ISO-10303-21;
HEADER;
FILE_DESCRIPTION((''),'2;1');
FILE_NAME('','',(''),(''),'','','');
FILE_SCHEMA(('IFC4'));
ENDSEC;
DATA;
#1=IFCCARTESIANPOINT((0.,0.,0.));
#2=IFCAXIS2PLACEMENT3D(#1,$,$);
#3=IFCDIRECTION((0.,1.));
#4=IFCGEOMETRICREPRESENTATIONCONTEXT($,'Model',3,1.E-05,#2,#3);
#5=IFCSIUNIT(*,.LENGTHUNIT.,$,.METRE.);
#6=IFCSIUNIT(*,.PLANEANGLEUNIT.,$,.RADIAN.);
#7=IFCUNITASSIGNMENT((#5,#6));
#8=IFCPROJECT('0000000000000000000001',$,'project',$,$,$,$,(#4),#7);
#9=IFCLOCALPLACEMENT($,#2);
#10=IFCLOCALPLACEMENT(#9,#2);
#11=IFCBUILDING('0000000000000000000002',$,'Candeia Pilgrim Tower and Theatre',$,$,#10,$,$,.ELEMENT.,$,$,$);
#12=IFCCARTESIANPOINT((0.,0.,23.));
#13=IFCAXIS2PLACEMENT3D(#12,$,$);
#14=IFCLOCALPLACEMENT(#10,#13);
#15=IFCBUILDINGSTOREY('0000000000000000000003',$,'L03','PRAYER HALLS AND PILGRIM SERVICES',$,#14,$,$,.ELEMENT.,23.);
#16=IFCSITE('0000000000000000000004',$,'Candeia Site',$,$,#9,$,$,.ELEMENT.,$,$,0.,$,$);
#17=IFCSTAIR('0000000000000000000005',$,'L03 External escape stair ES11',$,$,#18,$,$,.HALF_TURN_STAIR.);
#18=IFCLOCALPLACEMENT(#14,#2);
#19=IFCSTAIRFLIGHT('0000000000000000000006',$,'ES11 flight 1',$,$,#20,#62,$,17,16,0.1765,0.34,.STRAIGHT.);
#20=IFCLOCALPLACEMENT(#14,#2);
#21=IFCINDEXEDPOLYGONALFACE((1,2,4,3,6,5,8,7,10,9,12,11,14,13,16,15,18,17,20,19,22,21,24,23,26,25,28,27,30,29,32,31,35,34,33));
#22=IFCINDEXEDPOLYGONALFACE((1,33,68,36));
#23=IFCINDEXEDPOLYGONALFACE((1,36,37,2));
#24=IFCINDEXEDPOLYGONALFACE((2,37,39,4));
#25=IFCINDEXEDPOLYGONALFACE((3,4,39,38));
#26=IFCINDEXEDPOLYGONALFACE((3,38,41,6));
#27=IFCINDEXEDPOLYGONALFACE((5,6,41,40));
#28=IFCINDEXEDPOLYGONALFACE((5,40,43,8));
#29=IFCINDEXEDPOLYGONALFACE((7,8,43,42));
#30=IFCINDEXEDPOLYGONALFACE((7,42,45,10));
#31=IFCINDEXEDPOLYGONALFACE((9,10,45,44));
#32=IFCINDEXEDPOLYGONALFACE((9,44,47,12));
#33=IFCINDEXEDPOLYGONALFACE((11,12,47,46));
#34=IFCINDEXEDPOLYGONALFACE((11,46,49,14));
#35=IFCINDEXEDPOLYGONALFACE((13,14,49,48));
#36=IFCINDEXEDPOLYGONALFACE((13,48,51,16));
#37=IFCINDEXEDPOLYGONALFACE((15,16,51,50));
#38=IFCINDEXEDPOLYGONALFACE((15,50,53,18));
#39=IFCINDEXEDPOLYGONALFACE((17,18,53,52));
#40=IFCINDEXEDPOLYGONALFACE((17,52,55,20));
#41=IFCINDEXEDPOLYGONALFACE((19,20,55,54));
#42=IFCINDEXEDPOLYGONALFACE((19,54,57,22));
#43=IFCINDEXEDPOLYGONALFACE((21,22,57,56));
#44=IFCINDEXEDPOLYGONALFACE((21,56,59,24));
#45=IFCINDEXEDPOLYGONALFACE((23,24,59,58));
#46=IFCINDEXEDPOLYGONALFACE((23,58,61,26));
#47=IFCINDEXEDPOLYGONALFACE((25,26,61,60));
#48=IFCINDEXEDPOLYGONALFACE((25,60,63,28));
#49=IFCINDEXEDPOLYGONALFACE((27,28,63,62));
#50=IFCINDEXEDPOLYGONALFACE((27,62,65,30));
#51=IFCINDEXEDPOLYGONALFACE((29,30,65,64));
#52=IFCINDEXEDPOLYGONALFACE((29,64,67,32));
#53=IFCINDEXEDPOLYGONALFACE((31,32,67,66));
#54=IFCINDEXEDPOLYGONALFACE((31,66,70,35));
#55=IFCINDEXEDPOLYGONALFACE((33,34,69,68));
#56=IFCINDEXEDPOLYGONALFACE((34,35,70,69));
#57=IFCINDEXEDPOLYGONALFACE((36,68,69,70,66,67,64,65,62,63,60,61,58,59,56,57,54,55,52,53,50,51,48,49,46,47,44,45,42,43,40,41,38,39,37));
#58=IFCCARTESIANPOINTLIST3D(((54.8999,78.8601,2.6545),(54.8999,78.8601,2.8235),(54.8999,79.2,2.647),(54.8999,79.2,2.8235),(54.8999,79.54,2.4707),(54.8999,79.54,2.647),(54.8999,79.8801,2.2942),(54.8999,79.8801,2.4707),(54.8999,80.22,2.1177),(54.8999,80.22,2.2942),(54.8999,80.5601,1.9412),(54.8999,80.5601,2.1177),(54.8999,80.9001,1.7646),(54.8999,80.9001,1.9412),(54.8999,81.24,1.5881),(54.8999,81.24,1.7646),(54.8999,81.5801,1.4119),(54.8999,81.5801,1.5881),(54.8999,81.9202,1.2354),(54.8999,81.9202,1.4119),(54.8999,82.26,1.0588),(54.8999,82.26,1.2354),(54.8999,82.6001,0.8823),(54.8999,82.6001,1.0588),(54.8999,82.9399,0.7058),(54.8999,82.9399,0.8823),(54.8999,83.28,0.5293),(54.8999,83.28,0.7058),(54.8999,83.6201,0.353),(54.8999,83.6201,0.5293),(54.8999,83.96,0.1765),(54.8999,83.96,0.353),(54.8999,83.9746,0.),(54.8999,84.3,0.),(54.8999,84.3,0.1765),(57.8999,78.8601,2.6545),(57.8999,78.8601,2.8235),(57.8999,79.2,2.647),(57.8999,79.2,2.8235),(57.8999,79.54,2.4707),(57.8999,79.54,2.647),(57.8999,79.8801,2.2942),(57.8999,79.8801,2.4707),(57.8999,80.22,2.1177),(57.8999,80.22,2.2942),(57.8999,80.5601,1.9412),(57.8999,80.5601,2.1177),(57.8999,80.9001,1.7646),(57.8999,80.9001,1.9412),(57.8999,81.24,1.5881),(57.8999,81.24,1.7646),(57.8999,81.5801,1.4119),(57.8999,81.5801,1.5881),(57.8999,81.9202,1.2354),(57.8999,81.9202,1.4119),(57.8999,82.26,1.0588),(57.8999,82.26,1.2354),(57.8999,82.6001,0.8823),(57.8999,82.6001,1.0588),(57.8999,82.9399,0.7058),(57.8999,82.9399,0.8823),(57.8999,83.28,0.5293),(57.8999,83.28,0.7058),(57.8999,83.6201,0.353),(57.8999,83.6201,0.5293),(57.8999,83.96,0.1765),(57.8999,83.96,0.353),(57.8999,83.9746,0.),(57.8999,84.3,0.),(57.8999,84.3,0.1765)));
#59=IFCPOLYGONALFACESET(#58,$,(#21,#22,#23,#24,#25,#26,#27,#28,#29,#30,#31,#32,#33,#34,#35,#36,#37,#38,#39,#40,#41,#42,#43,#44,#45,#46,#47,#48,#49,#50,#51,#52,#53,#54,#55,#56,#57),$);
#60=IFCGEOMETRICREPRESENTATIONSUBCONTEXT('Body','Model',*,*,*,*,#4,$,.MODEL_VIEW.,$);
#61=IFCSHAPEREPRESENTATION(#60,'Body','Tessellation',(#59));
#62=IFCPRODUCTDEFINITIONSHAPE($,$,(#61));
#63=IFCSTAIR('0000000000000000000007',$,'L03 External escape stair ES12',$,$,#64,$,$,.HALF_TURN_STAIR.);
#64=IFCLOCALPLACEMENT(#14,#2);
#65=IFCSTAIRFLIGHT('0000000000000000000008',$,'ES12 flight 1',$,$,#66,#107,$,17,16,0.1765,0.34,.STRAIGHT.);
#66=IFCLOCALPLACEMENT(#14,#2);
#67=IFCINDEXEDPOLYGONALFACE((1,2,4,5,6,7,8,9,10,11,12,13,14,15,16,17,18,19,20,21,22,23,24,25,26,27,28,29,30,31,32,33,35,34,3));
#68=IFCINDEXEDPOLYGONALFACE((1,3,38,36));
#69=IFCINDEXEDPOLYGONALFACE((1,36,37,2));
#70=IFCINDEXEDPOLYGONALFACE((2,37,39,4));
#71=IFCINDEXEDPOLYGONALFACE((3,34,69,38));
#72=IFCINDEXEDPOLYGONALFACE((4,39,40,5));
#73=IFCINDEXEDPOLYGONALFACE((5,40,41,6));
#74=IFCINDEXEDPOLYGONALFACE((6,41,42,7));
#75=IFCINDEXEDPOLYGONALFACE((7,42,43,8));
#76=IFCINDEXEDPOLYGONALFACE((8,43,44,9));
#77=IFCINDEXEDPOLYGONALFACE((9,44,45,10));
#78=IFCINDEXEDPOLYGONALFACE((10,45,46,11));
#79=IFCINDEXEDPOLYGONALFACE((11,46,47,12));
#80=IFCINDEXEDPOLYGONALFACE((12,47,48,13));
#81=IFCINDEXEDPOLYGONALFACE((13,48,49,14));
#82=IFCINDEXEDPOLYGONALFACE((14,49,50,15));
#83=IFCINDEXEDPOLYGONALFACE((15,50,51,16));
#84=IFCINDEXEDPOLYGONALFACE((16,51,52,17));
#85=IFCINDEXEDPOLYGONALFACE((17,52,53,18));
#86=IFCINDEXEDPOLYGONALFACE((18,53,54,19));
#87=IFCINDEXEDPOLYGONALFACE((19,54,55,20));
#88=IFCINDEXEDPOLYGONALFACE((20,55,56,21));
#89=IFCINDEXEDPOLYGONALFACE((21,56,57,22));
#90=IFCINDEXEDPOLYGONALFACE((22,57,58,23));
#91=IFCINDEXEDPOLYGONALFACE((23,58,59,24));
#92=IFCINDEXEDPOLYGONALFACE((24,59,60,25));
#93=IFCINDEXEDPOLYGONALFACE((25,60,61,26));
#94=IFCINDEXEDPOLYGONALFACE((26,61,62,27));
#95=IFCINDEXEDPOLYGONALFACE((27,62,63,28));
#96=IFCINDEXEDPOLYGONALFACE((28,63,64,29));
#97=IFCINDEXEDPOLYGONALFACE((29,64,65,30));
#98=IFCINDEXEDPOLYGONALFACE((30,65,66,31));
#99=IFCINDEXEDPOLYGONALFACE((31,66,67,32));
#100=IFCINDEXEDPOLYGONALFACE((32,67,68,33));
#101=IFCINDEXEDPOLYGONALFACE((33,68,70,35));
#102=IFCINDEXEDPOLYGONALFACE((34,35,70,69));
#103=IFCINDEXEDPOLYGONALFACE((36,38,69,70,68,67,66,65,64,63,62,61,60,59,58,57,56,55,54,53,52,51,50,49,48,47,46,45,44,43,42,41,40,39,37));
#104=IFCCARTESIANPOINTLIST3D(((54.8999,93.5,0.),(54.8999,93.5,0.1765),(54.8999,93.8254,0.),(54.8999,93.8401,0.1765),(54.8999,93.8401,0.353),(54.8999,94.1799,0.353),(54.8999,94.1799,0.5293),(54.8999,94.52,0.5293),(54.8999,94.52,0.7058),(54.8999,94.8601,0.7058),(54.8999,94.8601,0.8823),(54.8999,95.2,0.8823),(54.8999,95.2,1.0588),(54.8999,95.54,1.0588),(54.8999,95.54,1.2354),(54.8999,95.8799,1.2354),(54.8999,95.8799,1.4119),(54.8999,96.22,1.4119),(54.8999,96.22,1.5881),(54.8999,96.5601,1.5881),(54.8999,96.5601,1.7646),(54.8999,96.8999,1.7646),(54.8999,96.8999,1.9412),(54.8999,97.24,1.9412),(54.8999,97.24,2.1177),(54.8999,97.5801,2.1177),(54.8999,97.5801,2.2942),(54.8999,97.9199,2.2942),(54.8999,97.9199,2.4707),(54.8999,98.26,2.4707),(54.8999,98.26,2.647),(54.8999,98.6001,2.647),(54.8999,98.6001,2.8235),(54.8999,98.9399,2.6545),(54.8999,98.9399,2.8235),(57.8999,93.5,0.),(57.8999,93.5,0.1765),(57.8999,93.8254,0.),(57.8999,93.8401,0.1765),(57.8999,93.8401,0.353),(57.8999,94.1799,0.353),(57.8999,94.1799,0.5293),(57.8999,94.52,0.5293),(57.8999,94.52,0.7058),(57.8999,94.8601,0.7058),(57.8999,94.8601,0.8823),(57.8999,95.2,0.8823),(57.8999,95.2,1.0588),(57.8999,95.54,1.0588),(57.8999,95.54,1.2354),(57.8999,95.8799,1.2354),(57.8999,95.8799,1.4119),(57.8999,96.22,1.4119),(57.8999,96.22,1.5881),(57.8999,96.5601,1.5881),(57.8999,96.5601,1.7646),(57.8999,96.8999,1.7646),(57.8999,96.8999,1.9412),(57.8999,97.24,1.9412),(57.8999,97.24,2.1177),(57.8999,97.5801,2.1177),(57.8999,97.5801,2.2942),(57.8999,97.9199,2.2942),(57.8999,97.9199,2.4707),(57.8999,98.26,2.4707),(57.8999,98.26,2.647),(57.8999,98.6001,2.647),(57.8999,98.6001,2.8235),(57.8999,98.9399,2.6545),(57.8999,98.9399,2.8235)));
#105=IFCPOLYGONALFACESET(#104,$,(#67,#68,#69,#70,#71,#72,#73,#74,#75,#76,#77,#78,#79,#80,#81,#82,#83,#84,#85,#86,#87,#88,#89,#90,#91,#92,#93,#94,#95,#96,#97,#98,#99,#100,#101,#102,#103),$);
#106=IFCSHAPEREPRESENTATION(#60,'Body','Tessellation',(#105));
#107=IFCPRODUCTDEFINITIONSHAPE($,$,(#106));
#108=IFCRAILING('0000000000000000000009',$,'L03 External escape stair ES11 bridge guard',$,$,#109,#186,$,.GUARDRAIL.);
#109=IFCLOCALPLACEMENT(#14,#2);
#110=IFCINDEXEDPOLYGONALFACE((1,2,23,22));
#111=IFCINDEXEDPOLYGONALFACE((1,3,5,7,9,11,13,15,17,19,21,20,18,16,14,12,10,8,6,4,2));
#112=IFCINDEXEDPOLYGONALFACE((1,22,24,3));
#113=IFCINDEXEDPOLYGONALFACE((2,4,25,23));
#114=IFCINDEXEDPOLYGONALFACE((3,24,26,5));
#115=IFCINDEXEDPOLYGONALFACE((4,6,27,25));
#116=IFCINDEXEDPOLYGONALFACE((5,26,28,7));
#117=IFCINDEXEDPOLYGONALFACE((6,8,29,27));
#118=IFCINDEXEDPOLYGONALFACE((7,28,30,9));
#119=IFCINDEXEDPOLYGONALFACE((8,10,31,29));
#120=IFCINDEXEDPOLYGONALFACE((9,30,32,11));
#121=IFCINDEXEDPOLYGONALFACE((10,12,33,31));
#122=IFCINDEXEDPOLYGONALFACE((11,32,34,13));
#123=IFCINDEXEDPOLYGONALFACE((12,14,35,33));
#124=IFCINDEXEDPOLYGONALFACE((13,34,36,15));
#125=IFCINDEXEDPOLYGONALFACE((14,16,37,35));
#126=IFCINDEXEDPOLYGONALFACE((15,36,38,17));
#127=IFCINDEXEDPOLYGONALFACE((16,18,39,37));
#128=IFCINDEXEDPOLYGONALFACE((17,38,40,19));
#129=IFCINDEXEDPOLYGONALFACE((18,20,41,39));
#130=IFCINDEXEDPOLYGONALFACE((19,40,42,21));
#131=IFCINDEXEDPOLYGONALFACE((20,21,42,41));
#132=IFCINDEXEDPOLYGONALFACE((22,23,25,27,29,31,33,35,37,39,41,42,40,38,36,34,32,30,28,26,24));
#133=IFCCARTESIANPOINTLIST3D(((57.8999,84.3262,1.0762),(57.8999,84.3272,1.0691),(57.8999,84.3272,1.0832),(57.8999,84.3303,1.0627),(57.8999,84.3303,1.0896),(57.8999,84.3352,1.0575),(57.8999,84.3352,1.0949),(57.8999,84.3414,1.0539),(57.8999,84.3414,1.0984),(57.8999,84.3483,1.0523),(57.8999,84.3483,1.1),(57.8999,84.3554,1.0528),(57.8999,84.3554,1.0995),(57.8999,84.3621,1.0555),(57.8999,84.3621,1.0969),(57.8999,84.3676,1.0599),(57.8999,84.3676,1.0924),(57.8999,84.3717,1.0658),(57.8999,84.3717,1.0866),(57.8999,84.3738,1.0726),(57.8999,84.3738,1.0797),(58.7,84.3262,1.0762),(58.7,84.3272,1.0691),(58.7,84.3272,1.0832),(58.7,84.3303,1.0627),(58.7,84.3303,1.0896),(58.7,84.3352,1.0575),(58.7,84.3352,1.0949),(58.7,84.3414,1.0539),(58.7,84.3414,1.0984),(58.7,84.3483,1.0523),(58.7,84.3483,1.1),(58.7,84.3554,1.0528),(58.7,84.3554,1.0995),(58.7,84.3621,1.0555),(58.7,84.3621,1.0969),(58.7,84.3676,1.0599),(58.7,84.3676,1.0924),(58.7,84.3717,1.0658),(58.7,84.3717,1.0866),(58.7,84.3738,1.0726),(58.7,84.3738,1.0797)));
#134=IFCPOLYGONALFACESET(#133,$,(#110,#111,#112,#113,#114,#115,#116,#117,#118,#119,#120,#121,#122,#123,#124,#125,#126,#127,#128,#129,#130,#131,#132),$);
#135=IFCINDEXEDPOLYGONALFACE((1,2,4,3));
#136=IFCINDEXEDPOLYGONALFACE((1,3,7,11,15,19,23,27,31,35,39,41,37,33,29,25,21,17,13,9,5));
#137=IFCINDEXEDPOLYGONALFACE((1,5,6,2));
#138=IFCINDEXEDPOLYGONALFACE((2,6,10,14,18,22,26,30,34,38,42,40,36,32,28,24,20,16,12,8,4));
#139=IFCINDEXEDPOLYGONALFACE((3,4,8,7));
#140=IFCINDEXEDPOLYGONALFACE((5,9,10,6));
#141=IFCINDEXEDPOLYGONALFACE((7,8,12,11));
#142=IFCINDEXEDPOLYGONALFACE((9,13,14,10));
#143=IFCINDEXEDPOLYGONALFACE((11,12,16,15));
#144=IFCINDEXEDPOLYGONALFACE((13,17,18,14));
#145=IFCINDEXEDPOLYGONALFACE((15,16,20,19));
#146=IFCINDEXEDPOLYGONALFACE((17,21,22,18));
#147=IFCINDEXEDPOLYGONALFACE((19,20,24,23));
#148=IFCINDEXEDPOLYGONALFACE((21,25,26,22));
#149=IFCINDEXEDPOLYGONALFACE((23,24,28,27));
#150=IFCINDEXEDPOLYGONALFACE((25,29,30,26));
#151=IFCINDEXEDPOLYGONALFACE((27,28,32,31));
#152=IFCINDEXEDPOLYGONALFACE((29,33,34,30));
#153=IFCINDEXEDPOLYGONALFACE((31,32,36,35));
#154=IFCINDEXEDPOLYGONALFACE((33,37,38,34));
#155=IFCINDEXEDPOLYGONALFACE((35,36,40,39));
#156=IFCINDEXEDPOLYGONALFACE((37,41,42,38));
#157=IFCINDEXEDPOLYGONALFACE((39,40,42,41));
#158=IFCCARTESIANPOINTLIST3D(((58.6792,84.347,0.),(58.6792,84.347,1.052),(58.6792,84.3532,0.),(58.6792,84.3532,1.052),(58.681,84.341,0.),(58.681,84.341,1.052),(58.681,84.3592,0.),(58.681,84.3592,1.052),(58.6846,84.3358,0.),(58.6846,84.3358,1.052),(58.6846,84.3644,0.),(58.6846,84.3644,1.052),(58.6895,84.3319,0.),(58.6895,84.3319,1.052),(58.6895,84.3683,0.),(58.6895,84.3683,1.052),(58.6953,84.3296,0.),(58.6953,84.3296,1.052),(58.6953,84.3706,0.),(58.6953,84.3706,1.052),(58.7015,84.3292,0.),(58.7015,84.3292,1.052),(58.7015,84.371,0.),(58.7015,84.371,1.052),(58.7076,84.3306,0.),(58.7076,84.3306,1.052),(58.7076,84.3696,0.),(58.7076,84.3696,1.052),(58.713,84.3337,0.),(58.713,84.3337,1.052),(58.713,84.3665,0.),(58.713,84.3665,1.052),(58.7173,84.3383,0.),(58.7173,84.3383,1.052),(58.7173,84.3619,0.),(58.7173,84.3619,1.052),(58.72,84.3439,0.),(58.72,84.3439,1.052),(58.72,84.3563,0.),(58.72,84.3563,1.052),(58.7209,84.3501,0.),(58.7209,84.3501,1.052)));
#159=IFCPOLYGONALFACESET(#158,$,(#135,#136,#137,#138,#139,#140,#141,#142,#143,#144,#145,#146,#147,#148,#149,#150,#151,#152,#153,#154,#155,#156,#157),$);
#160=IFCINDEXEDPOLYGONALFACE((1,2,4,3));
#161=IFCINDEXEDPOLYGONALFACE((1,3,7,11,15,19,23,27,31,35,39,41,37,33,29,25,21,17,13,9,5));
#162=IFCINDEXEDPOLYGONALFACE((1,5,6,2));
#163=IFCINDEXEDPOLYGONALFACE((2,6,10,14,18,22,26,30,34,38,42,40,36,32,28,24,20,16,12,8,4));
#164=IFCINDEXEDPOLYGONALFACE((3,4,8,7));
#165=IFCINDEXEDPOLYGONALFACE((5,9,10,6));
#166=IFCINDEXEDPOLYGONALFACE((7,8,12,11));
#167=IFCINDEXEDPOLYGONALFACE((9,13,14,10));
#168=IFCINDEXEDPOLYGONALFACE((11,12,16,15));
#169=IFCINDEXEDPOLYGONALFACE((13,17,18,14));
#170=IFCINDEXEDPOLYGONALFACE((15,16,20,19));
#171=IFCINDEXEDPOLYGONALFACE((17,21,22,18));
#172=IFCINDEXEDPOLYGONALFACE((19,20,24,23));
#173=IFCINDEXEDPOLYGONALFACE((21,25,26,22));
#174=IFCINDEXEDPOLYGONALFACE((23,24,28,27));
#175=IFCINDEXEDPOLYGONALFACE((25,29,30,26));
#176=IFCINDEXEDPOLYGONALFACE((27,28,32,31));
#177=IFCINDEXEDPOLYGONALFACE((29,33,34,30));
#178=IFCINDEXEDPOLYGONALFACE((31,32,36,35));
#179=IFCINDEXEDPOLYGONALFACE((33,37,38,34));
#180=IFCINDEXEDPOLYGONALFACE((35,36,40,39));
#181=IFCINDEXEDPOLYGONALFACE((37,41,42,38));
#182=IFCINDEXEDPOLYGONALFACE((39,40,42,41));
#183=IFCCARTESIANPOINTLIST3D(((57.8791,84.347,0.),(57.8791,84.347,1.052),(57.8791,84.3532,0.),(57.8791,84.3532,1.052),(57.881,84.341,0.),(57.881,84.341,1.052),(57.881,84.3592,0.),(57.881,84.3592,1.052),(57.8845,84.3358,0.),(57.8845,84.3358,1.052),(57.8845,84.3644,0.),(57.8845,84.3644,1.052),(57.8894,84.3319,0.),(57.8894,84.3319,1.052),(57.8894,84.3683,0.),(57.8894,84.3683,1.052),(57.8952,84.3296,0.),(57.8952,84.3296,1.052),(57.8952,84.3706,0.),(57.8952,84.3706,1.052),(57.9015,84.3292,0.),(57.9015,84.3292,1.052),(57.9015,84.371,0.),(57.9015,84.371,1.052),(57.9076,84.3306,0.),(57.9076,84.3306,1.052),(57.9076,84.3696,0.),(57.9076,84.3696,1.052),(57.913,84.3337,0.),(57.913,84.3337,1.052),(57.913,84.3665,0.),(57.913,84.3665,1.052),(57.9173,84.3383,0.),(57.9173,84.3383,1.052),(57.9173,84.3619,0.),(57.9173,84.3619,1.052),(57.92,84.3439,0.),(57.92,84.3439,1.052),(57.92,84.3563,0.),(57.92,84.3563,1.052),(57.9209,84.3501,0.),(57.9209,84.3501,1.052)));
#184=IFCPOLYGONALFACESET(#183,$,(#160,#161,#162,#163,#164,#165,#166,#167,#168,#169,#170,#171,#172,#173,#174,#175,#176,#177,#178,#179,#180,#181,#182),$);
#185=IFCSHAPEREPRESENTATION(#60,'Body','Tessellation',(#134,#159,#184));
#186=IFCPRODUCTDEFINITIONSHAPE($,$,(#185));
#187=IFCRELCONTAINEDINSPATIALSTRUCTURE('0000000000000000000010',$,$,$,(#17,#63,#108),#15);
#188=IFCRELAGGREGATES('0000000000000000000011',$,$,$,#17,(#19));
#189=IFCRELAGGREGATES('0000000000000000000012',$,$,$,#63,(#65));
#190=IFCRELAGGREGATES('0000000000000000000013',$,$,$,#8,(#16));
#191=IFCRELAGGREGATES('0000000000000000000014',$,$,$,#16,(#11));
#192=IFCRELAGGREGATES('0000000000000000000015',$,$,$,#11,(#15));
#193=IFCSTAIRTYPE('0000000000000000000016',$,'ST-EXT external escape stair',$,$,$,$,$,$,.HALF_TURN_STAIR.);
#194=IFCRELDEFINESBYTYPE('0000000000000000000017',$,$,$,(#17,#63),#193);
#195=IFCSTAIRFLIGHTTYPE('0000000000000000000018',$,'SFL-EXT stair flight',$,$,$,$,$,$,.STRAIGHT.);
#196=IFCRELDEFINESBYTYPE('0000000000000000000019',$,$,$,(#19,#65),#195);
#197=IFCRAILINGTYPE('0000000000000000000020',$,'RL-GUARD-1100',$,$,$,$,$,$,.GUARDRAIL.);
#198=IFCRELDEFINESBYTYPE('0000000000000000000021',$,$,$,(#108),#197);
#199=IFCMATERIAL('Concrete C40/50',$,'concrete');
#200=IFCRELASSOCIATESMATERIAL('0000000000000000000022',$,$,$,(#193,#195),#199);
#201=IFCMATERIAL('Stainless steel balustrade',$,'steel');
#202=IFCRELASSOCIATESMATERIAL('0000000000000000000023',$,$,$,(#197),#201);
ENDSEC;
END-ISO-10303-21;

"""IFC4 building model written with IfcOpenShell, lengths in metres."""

from ifc_helpers import new_model, si_unit, direction, frame, origin, origin_2d, place, context, subcontext, project, spatial, polyline, circle, outline, extrude, material, type_object, element, aggregate, save


model = new_model("IFC4")

# Units and contexts
model_context = context("Model", 3, precision=1e-05, world=origin(), true_north=direction((0.0, 1.0)))
body_context = subcontext(model_context, "Body", "Model", "MODEL_VIEW")
ifc_project = project(units=[si_unit("LENGTHUNIT", "METRE"), si_unit("PLANEANGLEUNIT", "RADIAN")], contexts=[model_context])

# Site, building, storey
site_placement = place(None, origin())
site = spatial("IfcSite", under=ifc_project, at=site_placement, Name="Candeia Site", CompositionType="ELEMENT", RefElevation=0.0)
building_placement = place(site_placement, origin())
building = spatial("IfcBuilding", under=site, at=building_placement, Name="Candeia Pilgrim Tower and Theatre", CompositionType="ELEMENT")
storey_placement = place(building_placement, frame((0.0, 0.0, 23.0)))
storey = spatial("IfcBuildingStorey", under=building, at=storey_placement, Name="L03", Description="PRAYER HALLS AND PILGRIM SERVICES", CompositionType="ELEMENT", Elevation=23.0)

# Shared definitions
ifc_material_1 = material(Name="Concrete C40/50", Category="concrete")

# Stairs, stair flights
stair_type = type_object("IfcStairType", Name="ST-EXT external escape stair", PredefinedType="HALF_TURN_STAIR", material=ifc_material_1)
stair_1_placement = place(storey_placement, origin())
stair_1 = element("IfcStair", 1, at=stair_1_placement, inside=storey, type_object=stair_type, Name="L03 External escape stair ES11", PredefinedType="HALF_TURN_STAIR")
stair_flight_type = type_object("IfcStairFlightType", Name="SFL-EXT stair flight", PredefinedType="STRAIGHT", material=ifc_material_1)
stair_flight_1_placement = place(storey_placement, frame((56.3999, 84.3, 0.0), z_axis=(0.0, 0.0, 1.0), x_axis=(0.0, -1.0, 0.0)))
stair_flight_1 = element("IfcStairFlight", 2, at=stair_flight_1_placement, type_object=stair_flight_type, Name="ES11 flight 1", NumberOfRisers=17, NumberOfTreads=16, PredefinedType="STRAIGHT", RiserHeight=0.1765, TreadLength=0.34, context=body_context, shape_type="SweptSolid", body=[
    extrude(outline(polyline([(0.0, 0.0), (0.0, 0.1765), (0.3401, 0.1765), (0.3401, 0.353), (0.6799, 0.353), (0.6799, 0.5293), (1.02, 0.5293), (1.02, 0.7058), (1.3601, 0.7058), (1.3601, 0.8823), (1.7, 0.8823), (1.7, 1.0588), (2.04, 1.0588), (2.04, 1.2354), (2.3799, 1.2354), (2.3799, 1.4119), (2.72, 1.4119), (2.72, 1.5881), (3.0601, 1.5881), (3.0601, 1.7646), (3.3999, 1.7646), (3.3999, 1.9412), (3.74, 1.9412), (3.74, 2.1177), (4.0801, 2.1177), (4.0801, 2.2942), (4.4199, 2.2942), (4.4199, 2.4707), (4.76, 2.4707), (4.76, 2.647), (5.1001, 2.647), (5.1001, 2.8235), (5.4399, 2.8235), (5.4399, 3.0), (5.4399, 2.6545), (0.3254, 0.0), (0.0, 0.0)])), frame((0.0, 1.5, 0.0), z_axis=(0.0, -1.0, 0.0), x_axis=(1.0, 0.0, 0.0)), (0.0, 0.0, 1.0), 3.0),
])
aggregate(stair_1, [stair_flight_1])
stair_2_placement = place(storey_placement, origin())
stair_2 = element("IfcStair", 3, at=stair_2_placement, inside=storey, type_object=stair_type, Name="L03 External escape stair ES12", PredefinedType="HALF_TURN_STAIR")
stair_flight_2_placement = place(storey_placement, frame((56.3999, 93.5, 0.0), z_axis=(0.0, 0.0, 1.0), x_axis=(0.0, 1.0, 0.0)))
stair_flight_2 = element("IfcStairFlight", 4, at=stair_flight_2_placement, type_object=stair_flight_type, Name="ES12 flight 1", NumberOfRisers=17, NumberOfTreads=16, PredefinedType="STRAIGHT", RiserHeight=0.1765, TreadLength=0.34, context=body_context, shape_type="SweptSolid", body=[
    extrude(outline(polyline([(0.0, 0.0), (0.0, 0.1765), (0.3401, 0.1765), (0.3401, 0.353), (0.6799, 0.353), (0.6799, 0.5293), (1.02, 0.5293), (1.02, 0.7058), (1.3601, 0.7058), (1.3601, 0.8823), (1.7, 0.8823), (1.7, 1.0588), (2.04, 1.0588), (2.04, 1.2354), (2.3799, 1.2354), (2.3799, 1.4119), (2.72, 1.4119), (2.72, 1.5881), (3.0601, 1.5881), (3.0601, 1.7646), (3.3999, 1.7646), (3.3999, 1.9412), (3.74, 1.9412), (3.74, 2.1177), (4.0801, 2.1177), (4.0801, 2.2942), (4.4199, 2.2942), (4.4199, 2.4707), (4.76, 2.4707), (4.76, 2.647), (5.1001, 2.647), (5.1001, 2.8235), (5.4399, 2.8235), (5.4399, 3.0), (5.4399, 2.6545), (0.3254, 0.0), (0.0, 0.0)])), frame((0.0, 1.5, 0.0), z_axis=(0.0, -1.0, 0.0), x_axis=(1.0, 0.0, 0.0)), (0.0, 0.0, 1.0), 3.0),
])
aggregate(stair_2, [stair_flight_2])

# Railing
ifc_material_2 = material(Name="Stainless steel balustrade", Category="steel")
railing_type_1 = type_object("IfcRailingType", Name="RL-GUARD-1100", PredefinedType="GUARDRAIL", material=ifc_material_2)
railing_1_placement = place(storey_placement, frame((58.7, 84.3501, 0.0)))
element("IfcRailing", 5, at=railing_1_placement, inside=storey, type_object=railing_type_1, Name="L03 External escape stair ES11 bridge guard", PredefinedType="GUARDRAIL", context=body_context, shape_type="SweptSolid", body=[
    extrude(circle(Radius=0.0239, at=origin_2d()), frame((0.0, 0.0, 1.0762), z_axis=(-1.0, 0.0, 0.0), x_axis=(0.0, -1.0, 0.0)), (0.0, 0.0, 1.0), 0.8),
    extrude(circle(Radius=0.021, at=origin_2d()), origin(), (0.0, 0.0, 1.0), 1.052),
    extrude(circle(Radius=0.021, at=origin_2d()), frame((-0.8, 0.0, 0.0)), (0.0, 0.0, 1.0), 1.052),
])

save(model, "model.ifc")
